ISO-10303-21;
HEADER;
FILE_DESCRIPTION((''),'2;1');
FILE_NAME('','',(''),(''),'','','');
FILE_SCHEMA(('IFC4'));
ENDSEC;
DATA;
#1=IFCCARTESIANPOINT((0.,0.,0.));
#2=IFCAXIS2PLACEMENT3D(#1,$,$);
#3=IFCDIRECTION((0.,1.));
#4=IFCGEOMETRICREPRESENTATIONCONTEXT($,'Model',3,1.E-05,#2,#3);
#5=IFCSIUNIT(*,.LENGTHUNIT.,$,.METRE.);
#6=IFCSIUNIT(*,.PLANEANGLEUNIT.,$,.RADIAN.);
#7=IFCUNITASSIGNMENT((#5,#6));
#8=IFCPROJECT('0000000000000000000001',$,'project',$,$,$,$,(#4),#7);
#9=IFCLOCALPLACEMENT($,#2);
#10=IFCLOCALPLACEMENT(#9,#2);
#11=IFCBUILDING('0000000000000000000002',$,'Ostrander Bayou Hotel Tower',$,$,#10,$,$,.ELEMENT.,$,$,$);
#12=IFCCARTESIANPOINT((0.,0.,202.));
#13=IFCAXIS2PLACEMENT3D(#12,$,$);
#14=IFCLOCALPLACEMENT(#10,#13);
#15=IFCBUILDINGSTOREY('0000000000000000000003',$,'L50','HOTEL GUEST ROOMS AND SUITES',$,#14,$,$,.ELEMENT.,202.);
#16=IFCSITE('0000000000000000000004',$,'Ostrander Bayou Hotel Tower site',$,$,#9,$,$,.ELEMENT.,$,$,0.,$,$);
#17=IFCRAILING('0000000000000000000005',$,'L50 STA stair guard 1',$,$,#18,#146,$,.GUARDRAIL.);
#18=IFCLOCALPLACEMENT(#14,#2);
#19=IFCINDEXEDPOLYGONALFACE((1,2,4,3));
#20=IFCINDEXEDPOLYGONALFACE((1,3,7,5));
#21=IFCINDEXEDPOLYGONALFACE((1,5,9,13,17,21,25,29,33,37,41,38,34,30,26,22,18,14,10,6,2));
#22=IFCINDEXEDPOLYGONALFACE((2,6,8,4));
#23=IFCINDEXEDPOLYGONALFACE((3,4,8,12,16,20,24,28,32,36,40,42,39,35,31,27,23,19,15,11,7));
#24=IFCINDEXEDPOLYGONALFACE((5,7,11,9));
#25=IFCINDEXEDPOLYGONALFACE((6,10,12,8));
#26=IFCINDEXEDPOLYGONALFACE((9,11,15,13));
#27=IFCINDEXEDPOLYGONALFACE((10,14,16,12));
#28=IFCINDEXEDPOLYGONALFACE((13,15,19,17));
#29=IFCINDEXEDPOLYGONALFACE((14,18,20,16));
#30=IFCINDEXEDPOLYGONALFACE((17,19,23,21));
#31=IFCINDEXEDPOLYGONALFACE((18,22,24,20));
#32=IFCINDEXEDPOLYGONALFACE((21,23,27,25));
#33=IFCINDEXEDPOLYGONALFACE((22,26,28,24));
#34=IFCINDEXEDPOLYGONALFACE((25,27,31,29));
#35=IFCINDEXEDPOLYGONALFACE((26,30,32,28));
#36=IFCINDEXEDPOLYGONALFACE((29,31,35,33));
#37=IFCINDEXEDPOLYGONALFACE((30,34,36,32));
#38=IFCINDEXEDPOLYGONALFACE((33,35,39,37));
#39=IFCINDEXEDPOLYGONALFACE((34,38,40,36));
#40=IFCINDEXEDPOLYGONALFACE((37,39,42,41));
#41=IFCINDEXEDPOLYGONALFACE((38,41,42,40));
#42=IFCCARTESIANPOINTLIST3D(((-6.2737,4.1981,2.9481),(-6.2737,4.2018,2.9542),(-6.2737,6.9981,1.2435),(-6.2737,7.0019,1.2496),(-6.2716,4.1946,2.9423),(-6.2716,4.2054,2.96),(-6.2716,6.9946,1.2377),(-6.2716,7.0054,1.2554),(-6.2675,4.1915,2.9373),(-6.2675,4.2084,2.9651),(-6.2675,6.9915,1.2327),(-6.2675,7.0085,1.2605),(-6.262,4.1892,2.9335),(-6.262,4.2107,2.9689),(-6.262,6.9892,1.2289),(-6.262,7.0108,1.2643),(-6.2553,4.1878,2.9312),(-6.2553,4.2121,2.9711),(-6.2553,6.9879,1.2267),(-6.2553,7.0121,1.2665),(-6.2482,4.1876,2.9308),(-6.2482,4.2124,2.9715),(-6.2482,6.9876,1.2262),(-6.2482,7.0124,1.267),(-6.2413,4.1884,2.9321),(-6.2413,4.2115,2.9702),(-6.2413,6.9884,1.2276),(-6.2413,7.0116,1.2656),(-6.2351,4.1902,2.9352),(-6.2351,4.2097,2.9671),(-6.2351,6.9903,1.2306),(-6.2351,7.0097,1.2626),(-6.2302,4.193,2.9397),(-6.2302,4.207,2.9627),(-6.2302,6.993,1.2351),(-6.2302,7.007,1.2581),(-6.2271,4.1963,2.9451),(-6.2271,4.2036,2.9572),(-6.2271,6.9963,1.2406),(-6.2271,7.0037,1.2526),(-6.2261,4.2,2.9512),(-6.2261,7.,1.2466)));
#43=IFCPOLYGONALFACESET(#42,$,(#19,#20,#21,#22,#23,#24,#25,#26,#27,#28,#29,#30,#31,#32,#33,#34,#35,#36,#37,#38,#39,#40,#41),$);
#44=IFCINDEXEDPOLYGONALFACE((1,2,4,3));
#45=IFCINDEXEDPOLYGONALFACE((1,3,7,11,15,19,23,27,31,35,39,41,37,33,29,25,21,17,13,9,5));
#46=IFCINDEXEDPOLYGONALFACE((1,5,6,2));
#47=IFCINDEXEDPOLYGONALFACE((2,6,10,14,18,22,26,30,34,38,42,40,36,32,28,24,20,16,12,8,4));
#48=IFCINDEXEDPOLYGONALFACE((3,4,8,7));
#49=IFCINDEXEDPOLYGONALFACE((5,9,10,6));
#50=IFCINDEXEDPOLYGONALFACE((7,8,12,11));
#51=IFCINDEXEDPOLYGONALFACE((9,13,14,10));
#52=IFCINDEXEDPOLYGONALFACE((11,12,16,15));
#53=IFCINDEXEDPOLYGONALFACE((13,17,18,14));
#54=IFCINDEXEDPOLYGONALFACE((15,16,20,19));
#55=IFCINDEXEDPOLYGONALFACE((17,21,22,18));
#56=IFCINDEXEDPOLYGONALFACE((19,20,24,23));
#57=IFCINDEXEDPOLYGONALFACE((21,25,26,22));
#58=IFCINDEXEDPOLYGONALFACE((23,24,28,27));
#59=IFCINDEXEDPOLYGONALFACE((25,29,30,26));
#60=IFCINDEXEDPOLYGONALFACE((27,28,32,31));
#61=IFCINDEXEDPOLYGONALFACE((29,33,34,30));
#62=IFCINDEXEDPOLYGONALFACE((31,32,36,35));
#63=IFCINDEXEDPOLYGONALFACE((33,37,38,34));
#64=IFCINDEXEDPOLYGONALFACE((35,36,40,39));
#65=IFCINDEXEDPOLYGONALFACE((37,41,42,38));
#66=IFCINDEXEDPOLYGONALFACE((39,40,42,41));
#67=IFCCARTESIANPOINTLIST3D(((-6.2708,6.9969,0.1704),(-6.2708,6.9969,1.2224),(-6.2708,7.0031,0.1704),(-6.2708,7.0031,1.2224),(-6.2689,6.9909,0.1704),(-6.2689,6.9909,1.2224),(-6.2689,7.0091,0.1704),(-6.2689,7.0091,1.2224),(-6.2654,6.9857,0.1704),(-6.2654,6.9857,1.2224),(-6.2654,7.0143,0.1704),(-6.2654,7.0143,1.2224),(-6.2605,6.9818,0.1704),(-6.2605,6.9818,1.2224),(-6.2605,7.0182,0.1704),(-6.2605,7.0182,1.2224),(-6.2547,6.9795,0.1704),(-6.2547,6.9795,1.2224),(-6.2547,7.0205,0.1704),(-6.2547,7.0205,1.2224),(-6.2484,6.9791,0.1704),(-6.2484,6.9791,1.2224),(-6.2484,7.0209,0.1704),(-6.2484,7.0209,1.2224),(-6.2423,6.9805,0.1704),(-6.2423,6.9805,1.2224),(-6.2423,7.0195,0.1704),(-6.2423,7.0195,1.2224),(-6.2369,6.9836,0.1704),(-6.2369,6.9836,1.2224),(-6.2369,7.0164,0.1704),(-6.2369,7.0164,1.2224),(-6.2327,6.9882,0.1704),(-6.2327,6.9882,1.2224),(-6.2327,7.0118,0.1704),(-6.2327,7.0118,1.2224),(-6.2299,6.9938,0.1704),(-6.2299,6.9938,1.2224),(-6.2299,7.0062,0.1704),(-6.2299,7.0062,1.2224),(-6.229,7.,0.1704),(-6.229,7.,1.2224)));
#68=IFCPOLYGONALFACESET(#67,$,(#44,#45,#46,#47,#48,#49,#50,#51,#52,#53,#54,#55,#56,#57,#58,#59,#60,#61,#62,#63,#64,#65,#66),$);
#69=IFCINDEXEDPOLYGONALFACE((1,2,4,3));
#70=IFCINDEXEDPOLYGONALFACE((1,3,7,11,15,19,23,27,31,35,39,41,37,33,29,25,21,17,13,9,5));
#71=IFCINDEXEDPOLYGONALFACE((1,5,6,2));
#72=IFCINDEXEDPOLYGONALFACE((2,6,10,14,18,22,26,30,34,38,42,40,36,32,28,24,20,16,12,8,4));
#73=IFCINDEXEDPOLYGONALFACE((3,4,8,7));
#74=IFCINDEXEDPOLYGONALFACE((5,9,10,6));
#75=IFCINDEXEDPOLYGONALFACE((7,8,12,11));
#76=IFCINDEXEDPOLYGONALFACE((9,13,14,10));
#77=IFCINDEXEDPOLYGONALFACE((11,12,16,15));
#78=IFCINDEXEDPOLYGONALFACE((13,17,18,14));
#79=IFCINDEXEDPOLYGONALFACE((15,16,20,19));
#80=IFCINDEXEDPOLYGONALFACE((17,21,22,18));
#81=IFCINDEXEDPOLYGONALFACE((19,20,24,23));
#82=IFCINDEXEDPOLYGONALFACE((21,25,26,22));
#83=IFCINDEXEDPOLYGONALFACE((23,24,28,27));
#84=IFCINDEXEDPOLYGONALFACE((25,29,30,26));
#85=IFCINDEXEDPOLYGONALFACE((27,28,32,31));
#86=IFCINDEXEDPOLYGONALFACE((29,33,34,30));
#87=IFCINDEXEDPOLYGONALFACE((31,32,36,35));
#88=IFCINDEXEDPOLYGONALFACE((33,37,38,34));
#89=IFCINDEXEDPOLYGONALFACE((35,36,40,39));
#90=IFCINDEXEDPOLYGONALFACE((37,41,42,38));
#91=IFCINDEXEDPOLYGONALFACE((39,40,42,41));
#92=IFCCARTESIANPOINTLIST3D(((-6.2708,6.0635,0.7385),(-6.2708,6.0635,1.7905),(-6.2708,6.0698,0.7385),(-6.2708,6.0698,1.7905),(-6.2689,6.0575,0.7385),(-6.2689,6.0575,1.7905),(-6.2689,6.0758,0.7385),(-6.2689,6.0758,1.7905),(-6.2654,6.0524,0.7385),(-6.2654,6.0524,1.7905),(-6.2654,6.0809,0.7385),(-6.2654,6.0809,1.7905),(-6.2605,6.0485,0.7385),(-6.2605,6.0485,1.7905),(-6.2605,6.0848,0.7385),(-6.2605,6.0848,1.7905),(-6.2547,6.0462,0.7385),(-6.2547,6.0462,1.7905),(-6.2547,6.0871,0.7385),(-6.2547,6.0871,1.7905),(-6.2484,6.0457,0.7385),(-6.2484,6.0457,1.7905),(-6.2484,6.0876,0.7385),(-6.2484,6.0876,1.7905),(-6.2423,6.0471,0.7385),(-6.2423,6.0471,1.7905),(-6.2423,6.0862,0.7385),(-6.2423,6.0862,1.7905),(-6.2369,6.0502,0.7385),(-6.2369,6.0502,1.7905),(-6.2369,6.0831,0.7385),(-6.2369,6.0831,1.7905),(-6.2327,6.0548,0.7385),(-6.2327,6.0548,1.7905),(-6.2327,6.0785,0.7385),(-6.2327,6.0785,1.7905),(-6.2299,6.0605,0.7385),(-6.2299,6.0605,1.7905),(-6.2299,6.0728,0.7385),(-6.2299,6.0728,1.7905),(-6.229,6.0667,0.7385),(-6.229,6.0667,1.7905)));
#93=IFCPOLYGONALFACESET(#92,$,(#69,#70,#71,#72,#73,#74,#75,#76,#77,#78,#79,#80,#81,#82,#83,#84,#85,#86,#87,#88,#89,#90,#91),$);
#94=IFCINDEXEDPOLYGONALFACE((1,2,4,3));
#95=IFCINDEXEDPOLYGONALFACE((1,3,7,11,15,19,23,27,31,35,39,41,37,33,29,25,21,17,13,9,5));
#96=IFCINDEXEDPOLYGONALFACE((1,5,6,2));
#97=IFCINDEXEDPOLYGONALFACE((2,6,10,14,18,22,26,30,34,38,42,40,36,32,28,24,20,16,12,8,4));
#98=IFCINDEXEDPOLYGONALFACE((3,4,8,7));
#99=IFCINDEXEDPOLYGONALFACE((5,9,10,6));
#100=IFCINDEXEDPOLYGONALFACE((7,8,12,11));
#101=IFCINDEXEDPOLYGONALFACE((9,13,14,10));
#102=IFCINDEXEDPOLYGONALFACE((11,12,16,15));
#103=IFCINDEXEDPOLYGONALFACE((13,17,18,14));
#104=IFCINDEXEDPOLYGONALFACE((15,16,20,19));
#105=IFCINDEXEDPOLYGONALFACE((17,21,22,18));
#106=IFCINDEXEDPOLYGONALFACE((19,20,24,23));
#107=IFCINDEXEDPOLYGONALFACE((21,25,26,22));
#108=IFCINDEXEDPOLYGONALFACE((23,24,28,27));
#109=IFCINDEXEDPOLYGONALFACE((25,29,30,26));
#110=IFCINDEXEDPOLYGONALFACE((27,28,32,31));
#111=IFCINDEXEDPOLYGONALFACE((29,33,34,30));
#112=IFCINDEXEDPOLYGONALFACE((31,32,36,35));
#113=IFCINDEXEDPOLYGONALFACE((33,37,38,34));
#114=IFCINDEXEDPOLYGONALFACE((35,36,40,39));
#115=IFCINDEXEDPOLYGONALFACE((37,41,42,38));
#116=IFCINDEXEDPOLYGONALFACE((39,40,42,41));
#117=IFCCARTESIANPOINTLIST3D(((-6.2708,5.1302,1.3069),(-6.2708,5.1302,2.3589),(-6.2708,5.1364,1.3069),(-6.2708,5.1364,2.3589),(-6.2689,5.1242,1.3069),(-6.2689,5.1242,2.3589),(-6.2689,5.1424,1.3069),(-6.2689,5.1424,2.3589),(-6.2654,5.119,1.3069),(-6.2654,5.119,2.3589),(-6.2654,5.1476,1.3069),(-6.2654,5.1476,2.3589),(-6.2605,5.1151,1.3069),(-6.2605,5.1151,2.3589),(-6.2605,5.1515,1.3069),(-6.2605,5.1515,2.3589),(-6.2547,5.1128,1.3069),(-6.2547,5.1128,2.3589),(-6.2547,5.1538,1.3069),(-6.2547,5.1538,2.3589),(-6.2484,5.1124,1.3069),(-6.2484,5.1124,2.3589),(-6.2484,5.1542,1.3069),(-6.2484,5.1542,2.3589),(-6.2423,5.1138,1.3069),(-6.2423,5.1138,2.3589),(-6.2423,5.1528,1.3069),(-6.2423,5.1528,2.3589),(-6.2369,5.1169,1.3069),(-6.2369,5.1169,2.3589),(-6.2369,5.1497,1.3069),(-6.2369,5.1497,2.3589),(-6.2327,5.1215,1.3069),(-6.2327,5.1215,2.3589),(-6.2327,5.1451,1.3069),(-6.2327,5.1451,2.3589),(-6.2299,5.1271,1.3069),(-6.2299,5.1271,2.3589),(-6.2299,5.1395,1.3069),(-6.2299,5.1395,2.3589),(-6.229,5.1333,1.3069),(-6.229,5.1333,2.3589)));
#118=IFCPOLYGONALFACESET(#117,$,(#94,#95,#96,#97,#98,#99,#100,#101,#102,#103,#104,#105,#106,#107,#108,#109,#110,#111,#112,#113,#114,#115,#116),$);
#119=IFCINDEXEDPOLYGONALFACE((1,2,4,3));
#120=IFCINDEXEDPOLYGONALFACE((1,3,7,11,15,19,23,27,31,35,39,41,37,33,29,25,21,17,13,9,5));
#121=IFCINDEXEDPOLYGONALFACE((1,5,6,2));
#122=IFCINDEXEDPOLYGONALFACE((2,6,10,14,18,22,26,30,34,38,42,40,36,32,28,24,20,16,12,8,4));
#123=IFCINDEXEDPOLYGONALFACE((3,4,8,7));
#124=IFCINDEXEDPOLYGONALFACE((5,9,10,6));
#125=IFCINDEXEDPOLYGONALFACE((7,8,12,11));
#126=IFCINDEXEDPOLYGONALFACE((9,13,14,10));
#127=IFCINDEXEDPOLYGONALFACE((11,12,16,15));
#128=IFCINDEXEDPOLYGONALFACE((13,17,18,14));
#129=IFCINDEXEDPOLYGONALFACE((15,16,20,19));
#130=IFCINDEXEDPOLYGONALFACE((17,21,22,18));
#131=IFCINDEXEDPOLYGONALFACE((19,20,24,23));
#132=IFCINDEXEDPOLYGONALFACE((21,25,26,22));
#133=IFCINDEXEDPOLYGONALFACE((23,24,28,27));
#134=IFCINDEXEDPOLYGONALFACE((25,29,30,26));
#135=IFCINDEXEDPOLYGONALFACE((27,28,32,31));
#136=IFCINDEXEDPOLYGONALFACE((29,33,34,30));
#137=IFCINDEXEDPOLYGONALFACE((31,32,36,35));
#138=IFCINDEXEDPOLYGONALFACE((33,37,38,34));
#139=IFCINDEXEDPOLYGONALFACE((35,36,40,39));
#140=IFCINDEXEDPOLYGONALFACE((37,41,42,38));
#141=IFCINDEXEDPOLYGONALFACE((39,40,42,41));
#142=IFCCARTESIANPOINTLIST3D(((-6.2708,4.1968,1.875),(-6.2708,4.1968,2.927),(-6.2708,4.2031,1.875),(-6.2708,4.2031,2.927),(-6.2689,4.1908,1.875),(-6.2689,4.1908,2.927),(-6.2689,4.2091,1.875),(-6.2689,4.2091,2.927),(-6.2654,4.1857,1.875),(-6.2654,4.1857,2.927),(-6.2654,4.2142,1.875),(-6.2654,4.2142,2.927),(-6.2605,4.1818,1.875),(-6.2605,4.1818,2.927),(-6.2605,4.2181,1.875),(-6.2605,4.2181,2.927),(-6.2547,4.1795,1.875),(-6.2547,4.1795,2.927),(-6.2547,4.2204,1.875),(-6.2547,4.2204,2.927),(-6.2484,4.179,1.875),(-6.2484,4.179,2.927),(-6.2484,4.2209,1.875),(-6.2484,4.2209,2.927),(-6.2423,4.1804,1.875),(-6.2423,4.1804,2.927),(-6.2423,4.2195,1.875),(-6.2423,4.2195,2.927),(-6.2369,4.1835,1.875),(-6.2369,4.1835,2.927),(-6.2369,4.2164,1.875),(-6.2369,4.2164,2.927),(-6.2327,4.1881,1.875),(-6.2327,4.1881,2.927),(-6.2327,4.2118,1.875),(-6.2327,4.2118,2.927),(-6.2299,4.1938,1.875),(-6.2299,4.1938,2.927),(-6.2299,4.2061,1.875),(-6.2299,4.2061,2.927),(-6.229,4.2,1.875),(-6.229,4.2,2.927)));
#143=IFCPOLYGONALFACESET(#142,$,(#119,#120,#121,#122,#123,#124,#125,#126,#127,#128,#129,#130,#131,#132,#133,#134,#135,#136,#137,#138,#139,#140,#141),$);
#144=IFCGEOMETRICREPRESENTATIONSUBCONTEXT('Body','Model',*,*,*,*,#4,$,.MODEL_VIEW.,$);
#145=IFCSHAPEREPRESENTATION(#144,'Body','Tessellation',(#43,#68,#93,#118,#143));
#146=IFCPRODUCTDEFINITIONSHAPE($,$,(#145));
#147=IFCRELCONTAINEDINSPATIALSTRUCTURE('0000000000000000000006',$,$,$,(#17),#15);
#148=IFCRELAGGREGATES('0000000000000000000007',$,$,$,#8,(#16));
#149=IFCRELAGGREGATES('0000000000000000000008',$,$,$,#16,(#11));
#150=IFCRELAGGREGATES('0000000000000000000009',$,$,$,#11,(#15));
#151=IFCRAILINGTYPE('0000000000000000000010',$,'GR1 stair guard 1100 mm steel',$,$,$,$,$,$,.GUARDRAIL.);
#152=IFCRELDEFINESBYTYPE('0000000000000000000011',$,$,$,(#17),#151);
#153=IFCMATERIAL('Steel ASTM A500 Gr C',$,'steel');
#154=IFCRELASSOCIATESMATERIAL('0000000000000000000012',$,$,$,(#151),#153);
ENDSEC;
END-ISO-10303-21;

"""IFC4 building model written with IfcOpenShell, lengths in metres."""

from ifc_helpers import new_model, si_unit, direction, frame, origin, origin_2d, place, context, subcontext, project, spatial, circle, extrude, material, type_object, element, save


model = new_model("IFC4")

# Units and contexts
model_context = context("Model", 3, precision=1e-05, world=origin(), true_north=direction((0.0, 1.0)))
body_context = subcontext(model_context, "Body", "Model", "MODEL_VIEW")
ifc_project = project(units=[si_unit("LENGTHUNIT", "METRE"), si_unit("PLANEANGLEUNIT", "RADIAN")], contexts=[model_context])

# Site, building, storey
site_placement = place(None, origin())
site = spatial("IfcSite", under=ifc_project, at=site_placement, Name="Ostrander Bayou Hotel Tower site", CompositionType="ELEMENT", RefElevation=0.0)
building_placement = place(site_placement, origin())
building = spatial("IfcBuilding", under=site, at=building_placement, Name="Ostrander Bayou Hotel Tower", CompositionType="ELEMENT")
storey_placement = place(building_placement, frame((0.0, 0.0, 202.0)))
storey = spatial("IfcBuildingStorey", under=building, at=storey_placement, Name="L50", Description="HOTEL GUEST ROOMS AND SUITES", CompositionType="ELEMENT", Elevation=202.0)

# Railing
ifc_material_1 = material(Name="Steel ASTM A500 Gr C", Category="steel")
railing_type_1 = type_object("IfcRailingType", Name="GR1 stair guard 1100 mm steel", PredefinedType="GUARDRAIL", material=ifc_material_1)
railing_1_placement = place(storey_placement, frame((-6.25, 7.0, 0.1704)))
element("IfcRailing", 1, at=railing_1_placement, inside=storey, type_object=railing_type_1, Name="L50 STA stair guard 1", PredefinedType="GUARDRAIL", context=body_context, shape_type="SweptSolid", body=[
    extrude(circle(Radius=0.0239, at=origin_2d()), frame((0.0, 0.0, 1.0762), z_axis=(0.0, -0.85417, 0.519994), x_axis=(1.0, 0.0, 0.0)), (0.0, 0.0, 1.0), 3.2781),
    extrude(circle(Radius=0.021, at=origin_2d()), origin(), (0.0, 0.0, 1.0), 1.052),
    extrude(circle(Radius=0.021, at=origin_2d()), frame((0.0, -0.9333, 0.5681)), (0.0, 0.0, 1.0), 1.052),
    extrude(circle(Radius=0.021, at=origin_2d()), frame((0.0, -1.8667, 1.1365)), (0.0, 0.0, 1.0), 1.052),
    extrude(circle(Radius=0.021, at=origin_2d()), frame((0.0, -2.8, 1.7046)), (0.0, 0.0, 1.0), 1.052),
])

save(model, "model.ifc")
